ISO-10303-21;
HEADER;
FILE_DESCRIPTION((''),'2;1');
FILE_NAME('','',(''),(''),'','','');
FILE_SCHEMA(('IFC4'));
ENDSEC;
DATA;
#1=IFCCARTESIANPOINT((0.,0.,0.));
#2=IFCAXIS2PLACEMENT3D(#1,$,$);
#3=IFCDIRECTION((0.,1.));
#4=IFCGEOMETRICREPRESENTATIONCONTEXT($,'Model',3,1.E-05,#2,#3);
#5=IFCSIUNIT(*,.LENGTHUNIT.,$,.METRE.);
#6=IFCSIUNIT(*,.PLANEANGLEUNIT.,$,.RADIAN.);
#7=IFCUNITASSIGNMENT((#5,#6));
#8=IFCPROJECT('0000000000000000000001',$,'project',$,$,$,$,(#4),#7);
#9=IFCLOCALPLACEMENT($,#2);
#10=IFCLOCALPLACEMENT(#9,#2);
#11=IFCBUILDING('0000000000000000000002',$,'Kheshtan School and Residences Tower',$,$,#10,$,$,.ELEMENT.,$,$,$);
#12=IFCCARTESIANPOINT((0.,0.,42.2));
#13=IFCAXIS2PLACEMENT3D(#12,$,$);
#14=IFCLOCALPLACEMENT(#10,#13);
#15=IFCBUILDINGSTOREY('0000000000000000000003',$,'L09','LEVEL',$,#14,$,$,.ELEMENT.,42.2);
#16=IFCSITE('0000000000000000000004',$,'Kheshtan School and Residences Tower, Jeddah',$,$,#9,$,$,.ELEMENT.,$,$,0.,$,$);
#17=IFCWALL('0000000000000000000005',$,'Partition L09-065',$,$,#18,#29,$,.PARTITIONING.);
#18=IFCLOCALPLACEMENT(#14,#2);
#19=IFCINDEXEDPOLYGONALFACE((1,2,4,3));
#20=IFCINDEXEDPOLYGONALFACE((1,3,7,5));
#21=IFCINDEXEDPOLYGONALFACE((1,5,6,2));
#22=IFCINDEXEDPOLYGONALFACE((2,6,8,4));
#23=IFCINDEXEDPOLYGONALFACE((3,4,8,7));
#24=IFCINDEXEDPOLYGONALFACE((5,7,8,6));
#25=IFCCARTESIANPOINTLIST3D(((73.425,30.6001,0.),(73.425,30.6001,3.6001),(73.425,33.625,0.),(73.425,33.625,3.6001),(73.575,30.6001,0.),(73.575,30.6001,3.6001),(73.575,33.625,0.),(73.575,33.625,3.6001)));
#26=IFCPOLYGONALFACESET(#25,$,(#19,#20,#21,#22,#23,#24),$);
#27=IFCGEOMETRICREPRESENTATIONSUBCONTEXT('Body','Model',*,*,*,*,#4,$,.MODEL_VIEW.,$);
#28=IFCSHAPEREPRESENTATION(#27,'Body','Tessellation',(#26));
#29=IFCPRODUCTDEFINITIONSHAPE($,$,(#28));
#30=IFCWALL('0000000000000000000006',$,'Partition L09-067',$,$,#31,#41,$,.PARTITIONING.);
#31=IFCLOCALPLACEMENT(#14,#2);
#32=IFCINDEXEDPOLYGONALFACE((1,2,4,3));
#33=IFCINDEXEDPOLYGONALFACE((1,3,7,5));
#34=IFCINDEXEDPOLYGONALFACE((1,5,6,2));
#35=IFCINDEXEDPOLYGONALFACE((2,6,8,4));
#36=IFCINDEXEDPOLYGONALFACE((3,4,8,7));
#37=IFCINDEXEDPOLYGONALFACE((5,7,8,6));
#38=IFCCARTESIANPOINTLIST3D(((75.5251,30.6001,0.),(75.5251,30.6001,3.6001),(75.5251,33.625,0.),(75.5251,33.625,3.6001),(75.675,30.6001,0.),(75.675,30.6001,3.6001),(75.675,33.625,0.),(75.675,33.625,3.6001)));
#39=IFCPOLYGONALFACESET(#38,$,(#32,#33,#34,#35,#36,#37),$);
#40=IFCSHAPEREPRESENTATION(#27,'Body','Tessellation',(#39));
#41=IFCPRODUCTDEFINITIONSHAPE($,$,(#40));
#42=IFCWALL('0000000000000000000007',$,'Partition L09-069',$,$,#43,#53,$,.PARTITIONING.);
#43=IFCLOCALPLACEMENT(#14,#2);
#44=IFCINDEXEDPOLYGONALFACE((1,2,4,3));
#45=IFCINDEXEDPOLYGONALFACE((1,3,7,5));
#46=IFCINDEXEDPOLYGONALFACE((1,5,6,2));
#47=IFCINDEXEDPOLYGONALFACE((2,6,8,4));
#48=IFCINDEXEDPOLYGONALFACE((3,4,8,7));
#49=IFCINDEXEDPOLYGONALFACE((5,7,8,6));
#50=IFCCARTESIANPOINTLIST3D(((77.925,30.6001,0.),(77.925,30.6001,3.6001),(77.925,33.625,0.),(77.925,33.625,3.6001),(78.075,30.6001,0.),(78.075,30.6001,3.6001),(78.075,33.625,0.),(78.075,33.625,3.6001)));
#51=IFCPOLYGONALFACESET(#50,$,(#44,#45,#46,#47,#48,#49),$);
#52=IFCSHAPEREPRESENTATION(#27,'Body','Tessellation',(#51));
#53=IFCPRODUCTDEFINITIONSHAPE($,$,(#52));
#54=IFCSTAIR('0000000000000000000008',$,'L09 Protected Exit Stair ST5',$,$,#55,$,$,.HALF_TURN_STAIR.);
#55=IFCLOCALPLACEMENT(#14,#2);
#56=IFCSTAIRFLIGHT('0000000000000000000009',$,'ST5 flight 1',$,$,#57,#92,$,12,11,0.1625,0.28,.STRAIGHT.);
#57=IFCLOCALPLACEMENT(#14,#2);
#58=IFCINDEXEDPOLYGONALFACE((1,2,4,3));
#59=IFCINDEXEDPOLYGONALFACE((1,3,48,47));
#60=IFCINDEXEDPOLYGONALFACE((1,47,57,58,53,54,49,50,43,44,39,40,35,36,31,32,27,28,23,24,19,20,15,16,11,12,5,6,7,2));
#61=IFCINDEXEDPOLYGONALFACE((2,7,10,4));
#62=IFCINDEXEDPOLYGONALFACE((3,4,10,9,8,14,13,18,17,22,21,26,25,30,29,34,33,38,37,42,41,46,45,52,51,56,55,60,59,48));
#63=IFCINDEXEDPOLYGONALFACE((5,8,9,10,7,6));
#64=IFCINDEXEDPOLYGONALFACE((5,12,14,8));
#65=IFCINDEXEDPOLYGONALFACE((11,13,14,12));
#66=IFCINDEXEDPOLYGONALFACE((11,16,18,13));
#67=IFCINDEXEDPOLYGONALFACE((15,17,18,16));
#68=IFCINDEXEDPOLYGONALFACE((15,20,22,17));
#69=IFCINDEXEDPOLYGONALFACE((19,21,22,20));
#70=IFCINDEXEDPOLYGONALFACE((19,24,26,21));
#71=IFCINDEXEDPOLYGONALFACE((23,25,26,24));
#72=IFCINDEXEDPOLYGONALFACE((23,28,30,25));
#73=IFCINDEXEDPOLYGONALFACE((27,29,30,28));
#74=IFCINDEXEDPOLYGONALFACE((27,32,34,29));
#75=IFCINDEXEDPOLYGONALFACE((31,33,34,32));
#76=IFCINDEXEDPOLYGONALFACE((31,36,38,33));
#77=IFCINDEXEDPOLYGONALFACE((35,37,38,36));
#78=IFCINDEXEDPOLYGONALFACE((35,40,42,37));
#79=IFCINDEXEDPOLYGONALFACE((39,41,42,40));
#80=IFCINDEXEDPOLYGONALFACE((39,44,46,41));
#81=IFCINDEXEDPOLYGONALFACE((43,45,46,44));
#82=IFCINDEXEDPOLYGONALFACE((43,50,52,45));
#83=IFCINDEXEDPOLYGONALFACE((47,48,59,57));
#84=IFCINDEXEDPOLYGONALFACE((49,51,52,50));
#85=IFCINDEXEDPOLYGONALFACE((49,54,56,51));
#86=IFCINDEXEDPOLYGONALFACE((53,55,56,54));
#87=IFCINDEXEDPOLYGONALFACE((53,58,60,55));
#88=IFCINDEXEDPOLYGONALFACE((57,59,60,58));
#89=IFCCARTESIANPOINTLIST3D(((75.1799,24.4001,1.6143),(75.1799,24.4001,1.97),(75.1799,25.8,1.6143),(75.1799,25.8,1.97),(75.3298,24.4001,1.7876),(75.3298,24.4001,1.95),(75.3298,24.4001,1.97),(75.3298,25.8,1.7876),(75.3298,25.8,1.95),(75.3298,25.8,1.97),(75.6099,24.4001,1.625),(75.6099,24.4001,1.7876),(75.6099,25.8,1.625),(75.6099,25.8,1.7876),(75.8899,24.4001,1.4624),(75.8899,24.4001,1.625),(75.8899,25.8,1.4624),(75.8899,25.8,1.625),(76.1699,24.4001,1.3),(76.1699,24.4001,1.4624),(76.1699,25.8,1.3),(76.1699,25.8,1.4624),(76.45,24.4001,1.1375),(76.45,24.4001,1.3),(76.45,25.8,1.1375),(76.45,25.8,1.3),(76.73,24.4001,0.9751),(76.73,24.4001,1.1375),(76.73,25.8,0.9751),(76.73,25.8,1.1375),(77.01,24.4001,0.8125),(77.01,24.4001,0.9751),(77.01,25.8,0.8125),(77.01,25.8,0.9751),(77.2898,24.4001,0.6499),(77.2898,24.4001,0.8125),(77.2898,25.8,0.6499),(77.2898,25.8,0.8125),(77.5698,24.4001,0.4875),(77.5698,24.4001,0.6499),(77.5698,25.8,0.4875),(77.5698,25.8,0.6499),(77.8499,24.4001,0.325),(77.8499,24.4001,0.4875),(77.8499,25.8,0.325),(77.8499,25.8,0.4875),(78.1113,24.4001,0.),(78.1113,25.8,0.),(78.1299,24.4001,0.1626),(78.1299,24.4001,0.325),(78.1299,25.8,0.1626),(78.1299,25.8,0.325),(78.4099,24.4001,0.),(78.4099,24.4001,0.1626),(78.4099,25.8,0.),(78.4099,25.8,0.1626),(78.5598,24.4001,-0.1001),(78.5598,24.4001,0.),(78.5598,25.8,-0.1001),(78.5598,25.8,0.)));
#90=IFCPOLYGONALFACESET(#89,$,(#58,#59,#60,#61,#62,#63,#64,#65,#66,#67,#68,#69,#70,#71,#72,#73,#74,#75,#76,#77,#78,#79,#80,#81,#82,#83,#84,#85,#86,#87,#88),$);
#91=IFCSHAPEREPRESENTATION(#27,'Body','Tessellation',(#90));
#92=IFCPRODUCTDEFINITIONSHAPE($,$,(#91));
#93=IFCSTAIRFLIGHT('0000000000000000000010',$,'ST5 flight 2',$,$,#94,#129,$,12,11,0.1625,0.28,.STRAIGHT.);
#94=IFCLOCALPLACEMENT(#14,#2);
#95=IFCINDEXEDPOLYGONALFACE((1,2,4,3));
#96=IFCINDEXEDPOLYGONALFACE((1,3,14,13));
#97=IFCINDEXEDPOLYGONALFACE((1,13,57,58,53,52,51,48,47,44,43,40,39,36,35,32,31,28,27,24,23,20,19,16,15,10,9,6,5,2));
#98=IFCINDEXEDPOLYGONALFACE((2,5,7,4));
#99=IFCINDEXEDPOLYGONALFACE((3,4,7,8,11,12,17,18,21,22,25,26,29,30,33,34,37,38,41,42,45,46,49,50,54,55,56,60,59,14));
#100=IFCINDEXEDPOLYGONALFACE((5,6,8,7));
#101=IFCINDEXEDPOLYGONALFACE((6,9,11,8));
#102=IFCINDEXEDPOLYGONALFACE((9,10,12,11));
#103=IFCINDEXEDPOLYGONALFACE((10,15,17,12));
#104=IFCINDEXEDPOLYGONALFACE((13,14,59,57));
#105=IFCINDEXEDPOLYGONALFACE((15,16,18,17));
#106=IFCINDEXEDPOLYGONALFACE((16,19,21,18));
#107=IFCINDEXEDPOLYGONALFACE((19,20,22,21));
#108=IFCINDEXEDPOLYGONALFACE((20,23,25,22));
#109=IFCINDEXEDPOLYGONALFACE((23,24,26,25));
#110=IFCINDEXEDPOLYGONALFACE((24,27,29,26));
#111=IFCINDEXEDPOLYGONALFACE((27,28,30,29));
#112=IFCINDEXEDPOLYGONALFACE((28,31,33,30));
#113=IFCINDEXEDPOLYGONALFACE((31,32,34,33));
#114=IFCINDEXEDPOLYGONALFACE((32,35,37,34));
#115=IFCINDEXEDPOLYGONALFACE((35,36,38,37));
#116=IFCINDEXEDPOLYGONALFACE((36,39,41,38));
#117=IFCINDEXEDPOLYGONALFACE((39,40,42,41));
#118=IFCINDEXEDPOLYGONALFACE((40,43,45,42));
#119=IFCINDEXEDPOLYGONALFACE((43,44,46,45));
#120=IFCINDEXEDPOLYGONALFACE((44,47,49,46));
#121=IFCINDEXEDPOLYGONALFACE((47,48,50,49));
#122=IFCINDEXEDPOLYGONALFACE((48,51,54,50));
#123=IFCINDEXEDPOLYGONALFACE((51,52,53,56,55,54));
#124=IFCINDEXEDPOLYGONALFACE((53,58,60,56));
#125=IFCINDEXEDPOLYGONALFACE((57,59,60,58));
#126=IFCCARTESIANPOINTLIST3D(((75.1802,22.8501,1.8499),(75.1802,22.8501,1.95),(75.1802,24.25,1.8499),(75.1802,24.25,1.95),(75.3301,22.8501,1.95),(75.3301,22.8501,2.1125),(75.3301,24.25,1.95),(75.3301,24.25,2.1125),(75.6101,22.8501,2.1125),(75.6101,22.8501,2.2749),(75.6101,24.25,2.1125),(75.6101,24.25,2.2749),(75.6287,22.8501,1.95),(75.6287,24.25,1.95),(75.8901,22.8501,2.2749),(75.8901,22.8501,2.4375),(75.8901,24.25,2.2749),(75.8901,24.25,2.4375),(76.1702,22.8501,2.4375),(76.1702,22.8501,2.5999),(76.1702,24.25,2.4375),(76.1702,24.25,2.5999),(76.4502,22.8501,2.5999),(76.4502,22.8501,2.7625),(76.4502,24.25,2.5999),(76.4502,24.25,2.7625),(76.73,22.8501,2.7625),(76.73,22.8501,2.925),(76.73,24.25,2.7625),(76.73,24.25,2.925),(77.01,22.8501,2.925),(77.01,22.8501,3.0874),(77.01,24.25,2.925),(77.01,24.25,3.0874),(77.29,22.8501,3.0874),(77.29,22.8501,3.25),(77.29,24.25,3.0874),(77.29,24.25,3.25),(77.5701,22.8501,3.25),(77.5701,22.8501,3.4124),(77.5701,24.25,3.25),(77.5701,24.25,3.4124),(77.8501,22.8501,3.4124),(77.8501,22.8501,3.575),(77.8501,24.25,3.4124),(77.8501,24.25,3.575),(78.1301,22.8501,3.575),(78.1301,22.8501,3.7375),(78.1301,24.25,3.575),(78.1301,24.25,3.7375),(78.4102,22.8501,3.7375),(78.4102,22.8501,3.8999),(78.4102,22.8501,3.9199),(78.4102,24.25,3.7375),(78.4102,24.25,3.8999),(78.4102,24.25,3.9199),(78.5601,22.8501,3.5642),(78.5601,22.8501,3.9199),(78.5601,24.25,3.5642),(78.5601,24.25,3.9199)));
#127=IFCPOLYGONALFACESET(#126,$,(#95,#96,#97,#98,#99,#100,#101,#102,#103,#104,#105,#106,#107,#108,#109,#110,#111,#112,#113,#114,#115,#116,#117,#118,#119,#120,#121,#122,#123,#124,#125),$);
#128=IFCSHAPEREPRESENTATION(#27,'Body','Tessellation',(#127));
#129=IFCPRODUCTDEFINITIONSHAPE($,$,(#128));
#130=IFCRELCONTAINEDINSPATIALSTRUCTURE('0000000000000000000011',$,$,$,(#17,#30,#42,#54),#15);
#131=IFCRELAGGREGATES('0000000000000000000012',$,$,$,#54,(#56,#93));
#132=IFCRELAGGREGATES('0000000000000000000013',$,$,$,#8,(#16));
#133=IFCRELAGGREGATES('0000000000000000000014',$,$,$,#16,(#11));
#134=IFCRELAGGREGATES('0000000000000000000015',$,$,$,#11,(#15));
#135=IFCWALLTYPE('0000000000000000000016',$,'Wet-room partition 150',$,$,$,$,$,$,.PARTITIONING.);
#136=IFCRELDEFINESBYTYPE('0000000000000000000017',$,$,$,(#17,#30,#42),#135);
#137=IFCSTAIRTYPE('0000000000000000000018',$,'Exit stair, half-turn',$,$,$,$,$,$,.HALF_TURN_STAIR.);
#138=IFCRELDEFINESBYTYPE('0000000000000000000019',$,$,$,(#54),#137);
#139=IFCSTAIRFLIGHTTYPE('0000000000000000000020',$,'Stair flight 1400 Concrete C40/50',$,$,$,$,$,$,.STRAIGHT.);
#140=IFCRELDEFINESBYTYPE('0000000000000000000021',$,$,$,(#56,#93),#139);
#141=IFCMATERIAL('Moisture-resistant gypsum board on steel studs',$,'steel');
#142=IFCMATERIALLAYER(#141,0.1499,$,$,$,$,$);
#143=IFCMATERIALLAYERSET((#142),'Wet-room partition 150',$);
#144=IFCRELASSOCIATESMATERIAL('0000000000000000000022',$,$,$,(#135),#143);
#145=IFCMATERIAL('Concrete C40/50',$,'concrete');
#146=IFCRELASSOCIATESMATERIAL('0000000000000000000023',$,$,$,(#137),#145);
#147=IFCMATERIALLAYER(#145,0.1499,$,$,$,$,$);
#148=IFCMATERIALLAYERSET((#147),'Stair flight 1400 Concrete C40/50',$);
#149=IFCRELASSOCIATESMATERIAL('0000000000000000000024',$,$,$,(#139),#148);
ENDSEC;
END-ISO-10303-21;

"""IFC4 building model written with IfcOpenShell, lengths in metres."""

from ifc_helpers import new_model, si_unit, direction, frame, frame_2d, origin, place, context, subcontext, project, spatial, polyline, rectangle, outline, extrude, material, layer, layer_set, type_object, element, aggregate, save


model = new_model("IFC4")

# Units and contexts
model_context = context("Model", 3, precision=1e-05, world=origin(), true_north=direction((0.0, 1.0)))
body_context = subcontext(model_context, "Body", "Model", "MODEL_VIEW")
ifc_project = project(units=[si_unit("LENGTHUNIT", "METRE"), si_unit("PLANEANGLEUNIT", "RADIAN")], contexts=[model_context])

# Site, building, storey
site_placement = place(None, origin())
site = spatial("IfcSite", under=ifc_project, at=site_placement, Name="Kheshtan School and Residences Tower, Jeddah", CompositionType="ELEMENT", RefElevation=0.0)
building_placement = place(site_placement, origin())
building = spatial("IfcBuilding", under=site, at=building_placement, Name="Kheshtan School and Residences Tower", CompositionType="ELEMENT")
storey_placement = place(building_placement, frame((0.0, 0.0, 42.2)))
storey = spatial("IfcBuildingStorey", under=building, at=storey_placement, Name="L09", Description="LEVEL", CompositionType="ELEMENT", Elevation=42.2)

# Shared definitions
ifc_material_1 = material(Name="Concrete C40/50", Category="concrete")

# Walls
ifc_material_2 = material(Name="Moisture-resistant gypsum board on steel studs", Category="steel")
ifc_layer_1 = layer(ifc_material_2, 0.1499)
ifc_layer_set_1 = layer_set([ifc_layer_1], Name="Wet-room partition 150")
wall_type_1 = type_object("IfcWallType", Name="Wet-room partition 150", PredefinedType="PARTITIONING", material=ifc_layer_set_1)
for number, where, z_axis, x_axis, name in (
    (1, (73.5, 30.6001, 0.0), (0.0, 0.0, 1.0), (0.0, 1.0, 0.0), "Partition L09-065"),
    (2, (75.6001, 30.6001, 0.0), (0.0, 0.0, 1.0), (0.0, 1.0, 0.0), "Partition L09-067"),
    (3, (78.0, 30.6001, 0.0), (0.0, 0.0, 1.0), (0.0, 1.0, 0.0), "Partition L09-069"),
):
    element("IfcWall", number, at=place(storey_placement, frame(where, z_axis=z_axis, x_axis=x_axis)), inside=storey, type_object=wall_type_1, Name=name, PredefinedType="PARTITIONING", context=body_context, shape_type="SweptSolid", body=[
        extrude(rectangle(XDim=3.0249, YDim=0.1499, at=frame_2d((1.5125, 0.0))), origin(), (0.0, 0.0, 1.0), 3.6001),
    ])

# Stair, stair flights
stair_type = type_object("IfcStairType", Name="Exit stair, half-turn", PredefinedType="HALF_TURN_STAIR", material=ifc_material_1)
stair_placement = place(storey_placement, origin())
stair = element("IfcStair", 4, at=stair_placement, inside=storey, type_object=stair_type, Name="L09 Protected Exit Stair ST5", PredefinedType="HALF_TURN_STAIR")
ifc_layer_2 = layer(ifc_material_1, 0.1499)
ifc_layer_set_2 = layer_set([ifc_layer_2], Name="Stair flight 1400 Concrete C40/50")
stair_flight_type = type_object("IfcStairFlightType", Name="Stair flight 1400 Concrete C40/50", PredefinedType="STRAIGHT", material=ifc_layer_set_2)
stair_flight_1_placement = place(storey_placement, frame((78.4099, 25.1001, 0.0), z_axis=(0.0, 0.0, 1.0), x_axis=(-1.0, 0.0, 0.0)))
stair_flight_1 = element("IfcStairFlight", 5, at=stair_flight_1_placement, type_object=stair_flight_type, Name="ST5 flight 1", NumberOfRisers=12, NumberOfTreads=11, PredefinedType="STRAIGHT", RiserHeight=0.1625, TreadLength=0.28, context=body_context, shape_type="SweptSolid", body=[
    extrude(outline(polyline([(-0.1499, -0.1001), (-0.1499, 0.0), (0.0, 0.0), (0.0, 0.1626), (0.28, 0.1626), (0.28, 0.325), (0.5601, 0.325), (0.5601, 0.4875), (0.8401, 0.4875), (0.8401, 0.6499), (1.1201, 0.6499), (1.1201, 0.8125), (1.3999, 0.8125), (1.3999, 0.9751), (1.6799, 0.9751), (1.6799, 1.1375), (1.96, 1.1375), (1.96, 1.3), (2.24, 1.3), (2.24, 1.4624), (2.52, 1.4624), (2.52, 1.625), (2.8, 1.625), (2.8, 1.7876), (3.0801, 1.7876), (3.0801, 1.95), (3.0801, 1.97), (3.23, 1.97), (3.23, 1.6143), (0.2986, 0.0), (-0.1499, -0.1001)])), frame((0.0, 0.7, 0.0), z_axis=(0.0, -1.0, 0.0), x_axis=(1.0, 0.0, 0.0)), (0.0, 0.0, 1.0), 1.3999),
])
stair_flight_2_placement = place(storey_placement, frame((75.3301, 23.55, 1.95), z_axis=(0.0, 0.0, 1.0), x_axis=(1.0, 0.0, 0.0)))
stair_flight_2 = element("IfcStairFlight", 6, at=stair_flight_2_placement, type_object=stair_flight_type, Name="ST5 flight 2", NumberOfRisers=12, NumberOfTreads=11, PredefinedType="STRAIGHT", RiserHeight=0.1625, TreadLength=0.28, context=body_context, shape_type="SweptSolid", body=[
    extrude(outline(polyline([(-0.1499, -0.1001), (-0.1499, 0.0), (0.0, 0.0), (0.0, 0.1626), (0.28, 0.1626), (0.28, 0.325), (0.5601, 0.325), (0.5601, 0.4875), (0.8401, 0.4875), (0.8401, 0.6499), (1.1201, 0.6499), (1.1201, 0.8125), (1.3999, 0.8125), (1.3999, 0.9751), (1.6799, 0.9751), (1.6799, 1.1375), (1.96, 1.1375), (1.96, 1.3), (2.24, 1.3), (2.24, 1.4624), (2.52, 1.4624), (2.52, 1.625), (2.8, 1.625), (2.8, 1.7876), (3.0801, 1.7876), (3.0801, 1.95), (3.0801, 1.97), (3.23, 1.97), (3.23, 1.6143), (0.2986, 0.0), (-0.1499, -0.1001)])), frame((0.0, 0.7, 0.0), z_axis=(0.0, -1.0, 0.0), x_axis=(1.0, 0.0, 0.0)), (0.0, 0.0, 1.0), 1.3999),
])
aggregate(stair, [stair_flight_1, stair_flight_2])

save(model, "model.ifc")
